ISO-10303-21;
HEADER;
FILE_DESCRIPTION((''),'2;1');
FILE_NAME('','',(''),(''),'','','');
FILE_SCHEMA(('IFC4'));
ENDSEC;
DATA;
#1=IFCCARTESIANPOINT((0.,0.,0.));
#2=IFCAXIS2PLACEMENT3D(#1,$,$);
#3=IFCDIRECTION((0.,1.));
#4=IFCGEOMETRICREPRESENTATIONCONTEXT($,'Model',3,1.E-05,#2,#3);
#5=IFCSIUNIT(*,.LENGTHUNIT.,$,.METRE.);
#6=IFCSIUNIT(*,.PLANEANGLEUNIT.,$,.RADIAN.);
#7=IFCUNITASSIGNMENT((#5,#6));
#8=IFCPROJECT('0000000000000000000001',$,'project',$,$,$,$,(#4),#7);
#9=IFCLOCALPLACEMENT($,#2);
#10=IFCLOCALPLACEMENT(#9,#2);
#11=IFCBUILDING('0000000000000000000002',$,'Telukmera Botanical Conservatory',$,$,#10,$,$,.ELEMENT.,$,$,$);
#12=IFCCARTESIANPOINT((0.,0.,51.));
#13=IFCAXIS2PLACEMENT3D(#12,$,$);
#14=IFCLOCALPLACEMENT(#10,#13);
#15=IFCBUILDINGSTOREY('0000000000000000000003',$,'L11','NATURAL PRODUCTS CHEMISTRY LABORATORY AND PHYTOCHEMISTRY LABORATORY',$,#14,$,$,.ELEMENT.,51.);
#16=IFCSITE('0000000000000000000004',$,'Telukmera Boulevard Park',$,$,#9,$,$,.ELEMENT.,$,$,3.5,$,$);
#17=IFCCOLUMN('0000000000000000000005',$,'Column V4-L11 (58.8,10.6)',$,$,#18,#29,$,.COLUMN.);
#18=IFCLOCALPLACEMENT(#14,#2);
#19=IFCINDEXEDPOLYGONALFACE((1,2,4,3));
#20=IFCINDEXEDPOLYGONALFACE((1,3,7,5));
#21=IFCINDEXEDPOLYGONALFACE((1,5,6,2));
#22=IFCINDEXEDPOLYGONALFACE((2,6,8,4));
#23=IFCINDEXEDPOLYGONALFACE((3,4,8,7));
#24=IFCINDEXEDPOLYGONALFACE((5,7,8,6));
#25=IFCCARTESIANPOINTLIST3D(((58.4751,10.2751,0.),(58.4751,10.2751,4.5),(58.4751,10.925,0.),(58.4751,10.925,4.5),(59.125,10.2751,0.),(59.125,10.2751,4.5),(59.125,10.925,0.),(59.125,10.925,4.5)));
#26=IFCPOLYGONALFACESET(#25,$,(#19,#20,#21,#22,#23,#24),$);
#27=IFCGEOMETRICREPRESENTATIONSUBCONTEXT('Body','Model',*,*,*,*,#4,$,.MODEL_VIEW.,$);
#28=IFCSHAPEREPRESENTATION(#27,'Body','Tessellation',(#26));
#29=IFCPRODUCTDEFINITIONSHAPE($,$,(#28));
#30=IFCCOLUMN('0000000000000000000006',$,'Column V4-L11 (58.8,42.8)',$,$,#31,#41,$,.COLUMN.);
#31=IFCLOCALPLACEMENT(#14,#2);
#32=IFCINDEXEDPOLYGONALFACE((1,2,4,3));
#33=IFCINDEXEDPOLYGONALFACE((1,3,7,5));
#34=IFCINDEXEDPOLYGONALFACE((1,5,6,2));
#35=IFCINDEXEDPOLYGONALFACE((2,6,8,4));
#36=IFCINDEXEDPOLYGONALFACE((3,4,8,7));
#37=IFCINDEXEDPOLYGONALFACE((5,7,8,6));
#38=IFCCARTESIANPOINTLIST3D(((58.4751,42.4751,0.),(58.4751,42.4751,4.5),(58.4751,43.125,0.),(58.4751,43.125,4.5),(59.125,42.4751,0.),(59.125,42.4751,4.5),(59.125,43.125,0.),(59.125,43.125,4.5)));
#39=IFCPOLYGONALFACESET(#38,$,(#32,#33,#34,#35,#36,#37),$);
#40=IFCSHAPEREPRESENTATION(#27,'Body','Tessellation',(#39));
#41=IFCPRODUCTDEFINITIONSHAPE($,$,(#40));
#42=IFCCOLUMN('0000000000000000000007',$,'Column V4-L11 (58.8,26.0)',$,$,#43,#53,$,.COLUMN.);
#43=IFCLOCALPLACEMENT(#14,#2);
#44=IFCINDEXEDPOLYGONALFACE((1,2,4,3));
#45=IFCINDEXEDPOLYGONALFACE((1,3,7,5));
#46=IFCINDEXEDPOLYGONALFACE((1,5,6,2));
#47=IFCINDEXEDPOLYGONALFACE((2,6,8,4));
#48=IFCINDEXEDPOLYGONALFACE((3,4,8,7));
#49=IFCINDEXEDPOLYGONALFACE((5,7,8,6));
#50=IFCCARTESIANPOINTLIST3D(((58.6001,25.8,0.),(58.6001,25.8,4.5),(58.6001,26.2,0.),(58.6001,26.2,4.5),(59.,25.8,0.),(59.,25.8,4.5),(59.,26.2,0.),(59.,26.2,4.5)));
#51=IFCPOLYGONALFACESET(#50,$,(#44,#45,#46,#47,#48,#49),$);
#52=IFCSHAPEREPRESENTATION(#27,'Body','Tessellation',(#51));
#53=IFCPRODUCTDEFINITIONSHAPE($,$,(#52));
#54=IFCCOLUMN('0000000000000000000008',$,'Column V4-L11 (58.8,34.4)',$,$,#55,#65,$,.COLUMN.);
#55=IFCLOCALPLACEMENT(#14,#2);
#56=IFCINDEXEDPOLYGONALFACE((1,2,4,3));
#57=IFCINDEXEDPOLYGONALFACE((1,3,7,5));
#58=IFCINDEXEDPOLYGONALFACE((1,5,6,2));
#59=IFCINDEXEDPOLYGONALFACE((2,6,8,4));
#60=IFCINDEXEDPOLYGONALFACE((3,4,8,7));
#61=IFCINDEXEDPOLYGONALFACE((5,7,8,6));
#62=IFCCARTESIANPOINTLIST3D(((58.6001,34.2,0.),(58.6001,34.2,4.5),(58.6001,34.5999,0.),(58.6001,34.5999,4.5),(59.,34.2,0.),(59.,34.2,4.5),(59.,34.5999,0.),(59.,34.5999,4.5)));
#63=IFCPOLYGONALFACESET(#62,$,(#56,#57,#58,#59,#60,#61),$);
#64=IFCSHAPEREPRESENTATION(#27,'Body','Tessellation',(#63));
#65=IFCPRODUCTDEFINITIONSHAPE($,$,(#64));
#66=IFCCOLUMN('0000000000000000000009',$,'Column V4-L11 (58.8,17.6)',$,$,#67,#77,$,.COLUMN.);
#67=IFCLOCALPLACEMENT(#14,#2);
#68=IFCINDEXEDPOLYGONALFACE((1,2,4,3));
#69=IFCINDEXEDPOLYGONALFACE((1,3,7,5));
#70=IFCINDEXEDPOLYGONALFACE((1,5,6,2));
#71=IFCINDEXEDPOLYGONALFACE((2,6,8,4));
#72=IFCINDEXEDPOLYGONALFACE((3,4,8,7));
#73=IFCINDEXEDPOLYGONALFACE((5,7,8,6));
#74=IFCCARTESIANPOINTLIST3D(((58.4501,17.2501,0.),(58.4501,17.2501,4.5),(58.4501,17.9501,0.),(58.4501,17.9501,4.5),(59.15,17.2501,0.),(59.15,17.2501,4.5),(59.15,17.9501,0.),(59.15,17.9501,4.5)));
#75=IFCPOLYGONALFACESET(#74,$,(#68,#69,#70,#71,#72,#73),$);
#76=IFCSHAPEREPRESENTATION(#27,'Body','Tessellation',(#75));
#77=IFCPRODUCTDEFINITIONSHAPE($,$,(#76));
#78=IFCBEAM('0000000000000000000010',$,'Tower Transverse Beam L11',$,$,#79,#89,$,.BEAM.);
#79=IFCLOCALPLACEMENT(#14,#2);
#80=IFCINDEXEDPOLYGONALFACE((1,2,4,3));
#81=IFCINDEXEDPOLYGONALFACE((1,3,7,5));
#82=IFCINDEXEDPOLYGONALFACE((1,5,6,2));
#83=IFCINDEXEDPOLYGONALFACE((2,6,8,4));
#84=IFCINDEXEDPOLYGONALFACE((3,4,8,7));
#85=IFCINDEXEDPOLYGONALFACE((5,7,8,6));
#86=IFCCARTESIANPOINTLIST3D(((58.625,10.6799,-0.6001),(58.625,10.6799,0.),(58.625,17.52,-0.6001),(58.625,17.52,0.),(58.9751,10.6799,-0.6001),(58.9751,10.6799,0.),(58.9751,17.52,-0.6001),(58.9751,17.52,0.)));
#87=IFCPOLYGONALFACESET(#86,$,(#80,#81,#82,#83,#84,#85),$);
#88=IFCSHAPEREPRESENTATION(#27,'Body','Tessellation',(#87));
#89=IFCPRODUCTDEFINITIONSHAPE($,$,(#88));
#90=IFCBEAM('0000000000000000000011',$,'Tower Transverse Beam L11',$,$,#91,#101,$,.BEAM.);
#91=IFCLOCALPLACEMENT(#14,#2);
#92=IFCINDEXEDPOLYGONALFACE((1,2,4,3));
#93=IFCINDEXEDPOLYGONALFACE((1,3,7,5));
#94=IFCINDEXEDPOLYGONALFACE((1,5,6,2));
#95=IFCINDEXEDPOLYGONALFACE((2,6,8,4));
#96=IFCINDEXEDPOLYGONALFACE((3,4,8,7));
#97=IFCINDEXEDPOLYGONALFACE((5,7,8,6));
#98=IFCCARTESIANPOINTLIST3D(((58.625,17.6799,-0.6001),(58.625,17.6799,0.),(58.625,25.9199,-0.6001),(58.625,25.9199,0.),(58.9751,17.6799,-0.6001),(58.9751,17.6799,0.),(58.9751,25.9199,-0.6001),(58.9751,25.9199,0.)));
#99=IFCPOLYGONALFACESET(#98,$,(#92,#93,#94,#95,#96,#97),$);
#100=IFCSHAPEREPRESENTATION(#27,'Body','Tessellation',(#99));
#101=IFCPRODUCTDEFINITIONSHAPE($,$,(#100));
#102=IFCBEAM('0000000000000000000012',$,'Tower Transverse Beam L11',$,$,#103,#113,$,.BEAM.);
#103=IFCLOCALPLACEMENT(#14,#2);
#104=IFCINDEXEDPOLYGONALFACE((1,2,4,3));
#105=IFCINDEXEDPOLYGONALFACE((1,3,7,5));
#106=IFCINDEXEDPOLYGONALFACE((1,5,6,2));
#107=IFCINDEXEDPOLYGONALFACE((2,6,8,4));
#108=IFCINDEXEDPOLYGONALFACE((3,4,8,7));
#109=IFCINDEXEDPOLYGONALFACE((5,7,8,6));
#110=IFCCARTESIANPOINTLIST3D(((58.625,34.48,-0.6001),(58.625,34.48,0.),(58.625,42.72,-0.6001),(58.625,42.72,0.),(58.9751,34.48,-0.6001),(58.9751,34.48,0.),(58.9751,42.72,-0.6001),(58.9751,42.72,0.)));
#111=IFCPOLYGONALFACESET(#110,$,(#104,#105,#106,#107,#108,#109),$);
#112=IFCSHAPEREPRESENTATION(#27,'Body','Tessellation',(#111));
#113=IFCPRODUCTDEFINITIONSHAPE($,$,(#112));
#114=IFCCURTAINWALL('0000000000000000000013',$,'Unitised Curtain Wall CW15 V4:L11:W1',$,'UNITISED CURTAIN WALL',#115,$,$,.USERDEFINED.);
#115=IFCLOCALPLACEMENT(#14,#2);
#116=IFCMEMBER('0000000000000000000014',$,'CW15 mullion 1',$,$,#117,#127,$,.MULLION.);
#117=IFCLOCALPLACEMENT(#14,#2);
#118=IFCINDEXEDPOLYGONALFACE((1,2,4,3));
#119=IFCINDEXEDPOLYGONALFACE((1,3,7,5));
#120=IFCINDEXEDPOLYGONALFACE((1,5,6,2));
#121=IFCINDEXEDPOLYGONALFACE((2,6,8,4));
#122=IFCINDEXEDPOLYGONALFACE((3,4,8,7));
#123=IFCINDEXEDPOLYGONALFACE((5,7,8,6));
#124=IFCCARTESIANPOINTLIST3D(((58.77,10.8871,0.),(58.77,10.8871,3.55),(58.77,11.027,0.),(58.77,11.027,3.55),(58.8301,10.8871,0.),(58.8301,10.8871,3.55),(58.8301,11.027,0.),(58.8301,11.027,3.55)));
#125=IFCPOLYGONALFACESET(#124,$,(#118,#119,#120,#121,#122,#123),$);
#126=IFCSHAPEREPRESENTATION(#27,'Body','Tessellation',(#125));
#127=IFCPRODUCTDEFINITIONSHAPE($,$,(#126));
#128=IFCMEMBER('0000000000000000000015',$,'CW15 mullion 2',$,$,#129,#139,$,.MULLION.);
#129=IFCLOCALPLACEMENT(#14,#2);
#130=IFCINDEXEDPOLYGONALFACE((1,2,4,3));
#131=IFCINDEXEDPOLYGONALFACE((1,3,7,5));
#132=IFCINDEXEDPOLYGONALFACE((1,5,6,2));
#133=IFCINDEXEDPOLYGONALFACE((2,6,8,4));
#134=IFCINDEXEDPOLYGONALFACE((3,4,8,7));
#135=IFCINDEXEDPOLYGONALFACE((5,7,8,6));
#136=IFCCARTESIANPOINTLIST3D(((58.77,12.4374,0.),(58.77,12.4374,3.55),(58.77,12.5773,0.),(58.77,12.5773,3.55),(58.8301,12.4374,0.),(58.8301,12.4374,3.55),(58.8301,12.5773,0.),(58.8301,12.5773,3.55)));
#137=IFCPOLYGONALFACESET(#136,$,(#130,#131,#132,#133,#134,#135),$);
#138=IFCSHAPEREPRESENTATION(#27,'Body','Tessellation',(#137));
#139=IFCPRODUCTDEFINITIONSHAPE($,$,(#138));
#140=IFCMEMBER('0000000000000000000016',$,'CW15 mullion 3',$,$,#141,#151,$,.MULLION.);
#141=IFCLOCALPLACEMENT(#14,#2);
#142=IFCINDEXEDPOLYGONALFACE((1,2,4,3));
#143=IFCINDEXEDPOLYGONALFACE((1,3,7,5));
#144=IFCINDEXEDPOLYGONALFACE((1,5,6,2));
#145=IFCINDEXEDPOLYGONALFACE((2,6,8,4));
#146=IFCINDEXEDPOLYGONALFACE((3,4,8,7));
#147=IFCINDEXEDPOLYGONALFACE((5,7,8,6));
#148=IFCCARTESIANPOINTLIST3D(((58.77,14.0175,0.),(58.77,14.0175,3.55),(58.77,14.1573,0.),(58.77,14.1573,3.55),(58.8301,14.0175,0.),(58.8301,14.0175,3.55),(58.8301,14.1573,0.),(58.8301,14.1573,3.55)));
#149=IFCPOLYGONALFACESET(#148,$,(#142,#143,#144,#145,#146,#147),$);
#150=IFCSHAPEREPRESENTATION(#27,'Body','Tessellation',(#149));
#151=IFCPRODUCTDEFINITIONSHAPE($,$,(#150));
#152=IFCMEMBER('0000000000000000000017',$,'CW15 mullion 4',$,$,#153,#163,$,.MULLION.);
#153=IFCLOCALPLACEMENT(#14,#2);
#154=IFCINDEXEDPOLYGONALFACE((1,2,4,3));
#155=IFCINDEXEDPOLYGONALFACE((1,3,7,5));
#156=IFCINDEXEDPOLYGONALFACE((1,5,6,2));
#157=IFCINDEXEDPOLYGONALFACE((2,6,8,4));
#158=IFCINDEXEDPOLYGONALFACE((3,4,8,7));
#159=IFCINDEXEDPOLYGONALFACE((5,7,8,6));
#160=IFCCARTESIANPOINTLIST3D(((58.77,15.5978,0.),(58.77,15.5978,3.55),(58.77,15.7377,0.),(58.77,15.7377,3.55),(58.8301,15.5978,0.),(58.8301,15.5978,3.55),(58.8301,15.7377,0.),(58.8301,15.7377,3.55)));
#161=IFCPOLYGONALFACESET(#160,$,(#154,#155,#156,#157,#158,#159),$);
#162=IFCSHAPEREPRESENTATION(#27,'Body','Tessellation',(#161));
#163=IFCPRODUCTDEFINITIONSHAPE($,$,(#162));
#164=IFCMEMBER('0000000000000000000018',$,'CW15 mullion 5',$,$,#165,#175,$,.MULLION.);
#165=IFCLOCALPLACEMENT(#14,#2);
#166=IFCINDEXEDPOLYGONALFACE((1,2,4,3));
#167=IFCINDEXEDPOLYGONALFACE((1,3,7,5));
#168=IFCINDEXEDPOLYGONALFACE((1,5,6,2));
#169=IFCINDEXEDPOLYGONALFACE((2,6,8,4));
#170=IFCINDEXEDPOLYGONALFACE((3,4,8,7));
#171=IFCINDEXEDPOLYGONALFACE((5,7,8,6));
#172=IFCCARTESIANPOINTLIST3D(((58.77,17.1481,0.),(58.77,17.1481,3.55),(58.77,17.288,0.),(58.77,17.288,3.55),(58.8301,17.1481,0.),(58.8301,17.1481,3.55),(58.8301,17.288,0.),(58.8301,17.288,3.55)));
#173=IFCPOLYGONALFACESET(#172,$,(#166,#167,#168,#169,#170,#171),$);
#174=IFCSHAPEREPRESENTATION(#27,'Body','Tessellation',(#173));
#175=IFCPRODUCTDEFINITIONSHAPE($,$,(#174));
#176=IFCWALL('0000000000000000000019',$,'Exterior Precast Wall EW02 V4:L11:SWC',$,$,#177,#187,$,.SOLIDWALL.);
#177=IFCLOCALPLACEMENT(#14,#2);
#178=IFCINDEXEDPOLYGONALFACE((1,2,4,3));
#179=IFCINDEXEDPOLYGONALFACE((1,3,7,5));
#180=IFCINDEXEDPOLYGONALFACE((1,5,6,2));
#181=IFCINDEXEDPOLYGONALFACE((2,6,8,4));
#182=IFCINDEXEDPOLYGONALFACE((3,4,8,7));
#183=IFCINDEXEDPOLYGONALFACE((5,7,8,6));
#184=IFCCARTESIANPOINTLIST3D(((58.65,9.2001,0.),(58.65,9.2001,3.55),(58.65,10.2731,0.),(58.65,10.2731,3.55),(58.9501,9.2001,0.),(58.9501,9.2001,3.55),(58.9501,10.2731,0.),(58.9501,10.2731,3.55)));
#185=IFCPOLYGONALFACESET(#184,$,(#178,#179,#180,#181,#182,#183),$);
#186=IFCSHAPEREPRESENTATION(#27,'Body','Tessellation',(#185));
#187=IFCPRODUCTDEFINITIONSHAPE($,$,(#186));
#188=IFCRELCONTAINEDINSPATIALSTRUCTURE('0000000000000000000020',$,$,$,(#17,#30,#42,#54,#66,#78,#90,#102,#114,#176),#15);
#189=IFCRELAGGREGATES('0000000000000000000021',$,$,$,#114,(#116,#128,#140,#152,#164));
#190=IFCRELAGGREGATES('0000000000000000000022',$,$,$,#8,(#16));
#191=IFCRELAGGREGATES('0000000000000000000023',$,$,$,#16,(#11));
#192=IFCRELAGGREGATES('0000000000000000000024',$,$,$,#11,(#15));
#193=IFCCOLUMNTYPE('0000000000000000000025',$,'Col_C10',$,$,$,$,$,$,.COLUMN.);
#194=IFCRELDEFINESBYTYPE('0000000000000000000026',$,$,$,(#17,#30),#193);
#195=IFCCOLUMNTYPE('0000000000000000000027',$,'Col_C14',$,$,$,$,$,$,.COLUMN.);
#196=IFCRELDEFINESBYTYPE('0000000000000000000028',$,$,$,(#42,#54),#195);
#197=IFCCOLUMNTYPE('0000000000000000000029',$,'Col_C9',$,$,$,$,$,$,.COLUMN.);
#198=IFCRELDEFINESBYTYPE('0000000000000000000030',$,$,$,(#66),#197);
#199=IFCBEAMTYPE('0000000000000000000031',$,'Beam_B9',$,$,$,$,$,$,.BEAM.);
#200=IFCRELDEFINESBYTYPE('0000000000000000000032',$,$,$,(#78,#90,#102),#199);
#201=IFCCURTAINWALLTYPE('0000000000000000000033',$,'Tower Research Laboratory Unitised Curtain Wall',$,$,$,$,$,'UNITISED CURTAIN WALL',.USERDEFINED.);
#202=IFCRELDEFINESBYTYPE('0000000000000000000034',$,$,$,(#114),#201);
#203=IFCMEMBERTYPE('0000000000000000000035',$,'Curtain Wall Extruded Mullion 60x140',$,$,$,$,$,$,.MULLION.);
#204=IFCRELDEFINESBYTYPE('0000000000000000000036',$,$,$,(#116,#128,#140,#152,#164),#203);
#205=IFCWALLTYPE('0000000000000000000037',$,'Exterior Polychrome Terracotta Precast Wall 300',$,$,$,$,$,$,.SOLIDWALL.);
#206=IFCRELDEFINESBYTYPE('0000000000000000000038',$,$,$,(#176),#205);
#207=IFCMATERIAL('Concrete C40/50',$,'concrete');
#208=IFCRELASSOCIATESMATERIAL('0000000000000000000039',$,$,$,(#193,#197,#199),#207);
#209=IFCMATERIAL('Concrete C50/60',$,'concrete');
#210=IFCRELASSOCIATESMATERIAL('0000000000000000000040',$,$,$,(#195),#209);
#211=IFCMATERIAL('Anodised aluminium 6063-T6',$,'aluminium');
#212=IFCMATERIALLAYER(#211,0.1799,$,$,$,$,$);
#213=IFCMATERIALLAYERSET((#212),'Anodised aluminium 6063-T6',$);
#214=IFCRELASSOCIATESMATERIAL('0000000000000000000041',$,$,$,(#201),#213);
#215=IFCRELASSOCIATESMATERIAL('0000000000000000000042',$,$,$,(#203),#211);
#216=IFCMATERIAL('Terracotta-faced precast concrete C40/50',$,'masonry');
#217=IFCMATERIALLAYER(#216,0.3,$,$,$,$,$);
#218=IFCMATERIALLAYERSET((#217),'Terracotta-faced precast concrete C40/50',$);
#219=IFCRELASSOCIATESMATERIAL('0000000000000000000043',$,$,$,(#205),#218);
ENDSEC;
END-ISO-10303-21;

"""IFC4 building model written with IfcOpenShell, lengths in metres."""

from ifc_helpers import new_model, si_unit, direction, frame, frame_2d, origin, origin_2d, place, context, subcontext, project, spatial, rectangle, extrude, material, layer, layer_set, material_profile, profile_set, type_object, element, aggregate, save


model = new_model("IFC4")

# Units and contexts
model_context = context("Model", 3, precision=1e-05, world=origin(), true_north=direction((0.0, 1.0)))
body_context = subcontext(model_context, "Body", "Model", "MODEL_VIEW")
ifc_project = project(units=[si_unit("LENGTHUNIT", "METRE"), si_unit("PLANEANGLEUNIT", "RADIAN")], contexts=[model_context])

# Site, building, storey
site_placement = place(None, origin())
site = spatial("IfcSite", under=ifc_project, at=site_placement, Name="Telukmera Boulevard Park", CompositionType="ELEMENT", RefElevation=3.5)
building_placement = place(site_placement, origin())
building = spatial("IfcBuilding", under=site, at=building_placement, Name="Telukmera Botanical Conservatory", CompositionType="ELEMENT")
storey_placement = place(building_placement, frame((0.0, 0.0, 51.0)))
storey = spatial("IfcBuildingStorey", under=building, at=storey_placement, Name="L11", Description="NATURAL PRODUCTS CHEMISTRY LABORATORY AND PHYTOCHEMISTRY LABORATORY", CompositionType="ELEMENT", Elevation=51.0)

# Columns
ifc_material_1 = material(Name="Concrete C40/50", Category="concrete")
ifc_material_profile_1 = material_profile(ifc_material_1, rectangle(XDim=0.6499, YDim=0.6499, at=origin_2d()), Name="RC 650x650")
ifc_profile_set_1 = profile_set([ifc_material_profile_1], Name="Concrete C40/50")
column_type_1 = type_object("IfcColumnType", Name="Col_C10", PredefinedType="COLUMN", material=ifc_profile_set_1)
for number, where, z_axis, x_axis, name in (
    (1, (58.8, 10.6001, 0.0), (0.0, 0.0, 1.0), (1.0, 0.0, 0.0), "Column V4-L11 (58.8,10.6)"),
    (2, (58.8, 42.8, 0.0), (0.0, 0.0, 1.0), (1.0, 0.0, 0.0), "Column V4-L11 (58.8,42.8)"),
):
    element("IfcColumn", number, at=place(storey_placement, frame(where, z_axis=z_axis, x_axis=x_axis)), inside=storey, type_object=column_type_1, Name=name, PredefinedType="COLUMN", context=body_context, shape_type="SweptSolid", body=[
        extrude(rectangle(XDim=0.6499, YDim=0.6499, at=origin_2d()), origin(), (0.0, 0.0, 1.0), 4.5),
    ])
ifc_material_2 = material(Name="Concrete C50/60", Category="concrete")
ifc_material_profile_2 = material_profile(ifc_material_2, rectangle(XDim=0.3999, YDim=0.3999, at=origin_2d()), Name="RC 400x400")
ifc_profile_set_2 = profile_set([ifc_material_profile_2], Name="Concrete C50/60")
column_type_2 = type_object("IfcColumnType", Name="Col_C14", PredefinedType="COLUMN", material=ifc_profile_set_2)
for number, where, z_axis, x_axis, name in (
    (3, (58.8, 26.0, 0.0), (0.0, 0.0, 1.0), (1.0, 0.0, 0.0), "Column V4-L11 (58.8,26.0)"),
    (4, (58.8, 34.3999, 0.0), (0.0, 0.0, 1.0), (1.0, 0.0, 0.0), "Column V4-L11 (58.8,34.4)"),
):
    element("IfcColumn", number, at=place(storey_placement, frame(where, z_axis=z_axis, x_axis=x_axis)), inside=storey, type_object=column_type_2, Name=name, PredefinedType="COLUMN", context=body_context, shape_type="SweptSolid", body=[
        extrude(rectangle(XDim=0.3999, YDim=0.3999, at=origin_2d()), origin(), (0.0, 0.0, 1.0), 4.5),
    ])
ifc_material_profile_3 = material_profile(ifc_material_1, rectangle(XDim=0.7, YDim=0.7, at=origin_2d()), Name="RC 700x700")
ifc_profile_set_3 = profile_set([ifc_material_profile_3], Name="Concrete C40/50")
column_type_3 = type_object("IfcColumnType", Name="Col_C9", PredefinedType="COLUMN", material=ifc_profile_set_3)
column_placement = place(storey_placement, frame((58.8, 17.6001, 0.0), z_axis=(0.0, 0.0, 1.0), x_axis=(1.0, 0.0, 0.0)))
element("IfcColumn", 5, at=column_placement, inside=storey, type_object=column_type_3, Name="Column V4-L11 (58.8,17.6)", PredefinedType="COLUMN", context=body_context, shape_type="SweptSolid", body=[
    extrude(rectangle(XDim=0.7, YDim=0.7, at=origin_2d()), origin(), (0.0, 0.0, 1.0), 4.5),
])

# Beams
ifc_material_profile_4 = material_profile(ifc_material_1, rectangle(XDim=0.3501, YDim=0.6001, at=origin_2d()), Name="RC 350x600")
ifc_profile_set_4 = profile_set([ifc_material_profile_4], Name="Concrete C40/50")
beam_type = type_object("IfcBeamType", Name="Beam_B9", PredefinedType="BEAM", material=ifc_profile_set_4)
beam_placement = place(storey_placement, frame((58.8, 10.6799, -0.3), z_axis=(0.0, 1.0, 0.0), x_axis=(-1.0, 0.0, 0.0)))
element("IfcBeam", 6, at=beam_placement, inside=storey, type_object=beam_type, Name="Tower Transverse Beam L11", PredefinedType="BEAM", context=body_context, shape_type="SweptSolid", body=[
    extrude(rectangle(XDim=0.3501, YDim=0.6001, at=origin_2d()), origin(), (0.0, 0.0, 1.0), 6.8401),
])
for number, where, z_axis, x_axis, name in (
    (7, (58.8, 17.6799, -0.3), (0.0, 1.0, 0.0), (-1.0, 0.0, 0.0), "Tower Transverse Beam L11"),
    (8, (58.8, 34.48, -0.3), (0.0, 1.0, 0.0), (-1.0, 0.0, 0.0), "Tower Transverse Beam L11"),
):
    element("IfcBeam", number, at=place(storey_placement, frame(where, z_axis=z_axis, x_axis=x_axis)), inside=storey, type_object=beam_type, Name=name, PredefinedType="BEAM", context=body_context, shape_type="SweptSolid", body=[
        extrude(rectangle(XDim=0.3501, YDim=0.6001, at=origin_2d()), origin(), (0.0, 0.0, 1.0), 8.24),
    ])

# Curtain wall, members
ifc_material_3 = material(Name="Anodised aluminium 6063-T6", Category="aluminium")
ifc_layer_1 = layer(ifc_material_3, 0.1799)
ifc_layer_set_1 = layer_set([ifc_layer_1], Name="Anodised aluminium 6063-T6")
curtain_wall_type = type_object("IfcCurtainWallType", Name="Tower Research Laboratory Unitised Curtain Wall", ElementType="UNITISED CURTAIN WALL", PredefinedType="USERDEFINED", material=ifc_layer_set_1)
curtain_wall_placement = place(storey_placement, origin())
curtain_wall = element("IfcCurtainWall", 9, at=curtain_wall_placement, inside=storey, type_object=curtain_wall_type, Name="Unitised Curtain Wall CW15 V4:L11:W1", ObjectType="UNITISED CURTAIN WALL", PredefinedType="USERDEFINED")
ifc_material_profile_5 = material_profile(ifc_material_3, rectangle(XDim=0.0601, YDim=0.1399, at=origin_2d()), Name="ALU MULL 60x140")
ifc_profile_set_5 = profile_set([ifc_material_profile_5], Name="Anodised aluminium 6063-T6")
member_type = type_object("IfcMemberType", Name="Curtain Wall Extruded Mullion 60x140", PredefinedType="MULLION", material=ifc_profile_set_5)
member_1_placement = place(storey_placement, frame((58.8, 10.957, 0.0), z_axis=(0.0, 0.0, 1.0), x_axis=(-1.0, 0.0, 0.0)))
member_1 = element("IfcMember", 10, at=member_1_placement, type_object=member_type, Name="CW15 mullion 1", PredefinedType="MULLION", context=body_context, shape_type="SweptSolid", body=[
    extrude(rectangle(XDim=0.0601, YDim=0.1399, at=origin_2d()), origin(), (0.0, 0.0, 1.0), 3.55),
])
member_2_placement = place(storey_placement, frame((58.8, 12.5073, 0.0), z_axis=(0.0, 0.0, 1.0), x_axis=(-1.0, 0.0, 0.0)))
member_2 = element("IfcMember", 11, at=member_2_placement, type_object=member_type, Name="CW15 mullion 2", PredefinedType="MULLION", context=body_context, shape_type="SweptSolid", body=[
    extrude(rectangle(XDim=0.0601, YDim=0.1399, at=origin_2d()), origin(), (0.0, 0.0, 1.0), 3.55),
])
member_3_placement = place(storey_placement, frame((58.8, 14.0874, 0.0), z_axis=(0.0, 0.0, 1.0), x_axis=(-1.0, 0.0, 0.0)))
member_3 = element("IfcMember", 12, at=member_3_placement, type_object=member_type, Name="CW15 mullion 3", PredefinedType="MULLION", context=body_context, shape_type="SweptSolid", body=[
    extrude(rectangle(XDim=0.0601, YDim=0.1399, at=origin_2d()), origin(), (0.0, 0.0, 1.0), 3.55),
])
member_4_placement = place(storey_placement, frame((58.8, 15.6677, 0.0), z_axis=(0.0, 0.0, 1.0), x_axis=(-1.0, 0.0, 0.0)))
member_4 = element("IfcMember", 13, at=member_4_placement, type_object=member_type, Name="CW15 mullion 4", PredefinedType="MULLION", context=body_context, shape_type="SweptSolid", body=[
    extrude(rectangle(XDim=0.0601, YDim=0.1399, at=origin_2d()), origin(), (0.0, 0.0, 1.0), 3.55),
])
member_5_placement = place(storey_placement, frame((58.8, 17.218, 0.0), z_axis=(0.0, 0.0, 1.0), x_axis=(-1.0, 0.0, 0.0)))
member_5 = element("IfcMember", 14, at=member_5_placement, type_object=member_type, Name="CW15 mullion 5", PredefinedType="MULLION", context=body_context, shape_type="SweptSolid", body=[
    extrude(rectangle(XDim=0.0601, YDim=0.1399, at=origin_2d()), origin(), (0.0, 0.0, 1.0), 3.55),
])
aggregate(curtain_wall, [member_1, member_2, member_3, member_4, member_5])

# Wall
ifc_material_4 = material(Name="Terracotta-faced precast concrete C40/50", Category="masonry")
ifc_layer_2 = layer(ifc_material_4, 0.3)
ifc_layer_set_2 = layer_set([ifc_layer_2], Name="Terracotta-faced precast concrete C40/50")
wall_type_1 = type_object("IfcWallType", Name="Exterior Polychrome Terracotta Precast Wall 300", PredefinedType="SOLIDWALL", material=ifc_layer_set_2)
wall_1_placement = place(storey_placement, frame((58.8, 9.2, 0.0), z_axis=(0.0, 0.0, 1.0), x_axis=(0.0, 1.0, 0.0)))
element("IfcWall", 15, at=wall_1_placement, inside=storey, type_object=wall_type_1, Name="Exterior Precast Wall EW02 V4:L11:SWC", PredefinedType="SOLIDWALL", context=body_context, shape_type="SweptSolid", body=[
    extrude(rectangle(XDim=1.073, YDim=0.3, at=frame_2d((0.5366, 0.0))), origin(), (0.0, 0.0, 1.0), 3.55),
])

save(model, "model.ifc")
